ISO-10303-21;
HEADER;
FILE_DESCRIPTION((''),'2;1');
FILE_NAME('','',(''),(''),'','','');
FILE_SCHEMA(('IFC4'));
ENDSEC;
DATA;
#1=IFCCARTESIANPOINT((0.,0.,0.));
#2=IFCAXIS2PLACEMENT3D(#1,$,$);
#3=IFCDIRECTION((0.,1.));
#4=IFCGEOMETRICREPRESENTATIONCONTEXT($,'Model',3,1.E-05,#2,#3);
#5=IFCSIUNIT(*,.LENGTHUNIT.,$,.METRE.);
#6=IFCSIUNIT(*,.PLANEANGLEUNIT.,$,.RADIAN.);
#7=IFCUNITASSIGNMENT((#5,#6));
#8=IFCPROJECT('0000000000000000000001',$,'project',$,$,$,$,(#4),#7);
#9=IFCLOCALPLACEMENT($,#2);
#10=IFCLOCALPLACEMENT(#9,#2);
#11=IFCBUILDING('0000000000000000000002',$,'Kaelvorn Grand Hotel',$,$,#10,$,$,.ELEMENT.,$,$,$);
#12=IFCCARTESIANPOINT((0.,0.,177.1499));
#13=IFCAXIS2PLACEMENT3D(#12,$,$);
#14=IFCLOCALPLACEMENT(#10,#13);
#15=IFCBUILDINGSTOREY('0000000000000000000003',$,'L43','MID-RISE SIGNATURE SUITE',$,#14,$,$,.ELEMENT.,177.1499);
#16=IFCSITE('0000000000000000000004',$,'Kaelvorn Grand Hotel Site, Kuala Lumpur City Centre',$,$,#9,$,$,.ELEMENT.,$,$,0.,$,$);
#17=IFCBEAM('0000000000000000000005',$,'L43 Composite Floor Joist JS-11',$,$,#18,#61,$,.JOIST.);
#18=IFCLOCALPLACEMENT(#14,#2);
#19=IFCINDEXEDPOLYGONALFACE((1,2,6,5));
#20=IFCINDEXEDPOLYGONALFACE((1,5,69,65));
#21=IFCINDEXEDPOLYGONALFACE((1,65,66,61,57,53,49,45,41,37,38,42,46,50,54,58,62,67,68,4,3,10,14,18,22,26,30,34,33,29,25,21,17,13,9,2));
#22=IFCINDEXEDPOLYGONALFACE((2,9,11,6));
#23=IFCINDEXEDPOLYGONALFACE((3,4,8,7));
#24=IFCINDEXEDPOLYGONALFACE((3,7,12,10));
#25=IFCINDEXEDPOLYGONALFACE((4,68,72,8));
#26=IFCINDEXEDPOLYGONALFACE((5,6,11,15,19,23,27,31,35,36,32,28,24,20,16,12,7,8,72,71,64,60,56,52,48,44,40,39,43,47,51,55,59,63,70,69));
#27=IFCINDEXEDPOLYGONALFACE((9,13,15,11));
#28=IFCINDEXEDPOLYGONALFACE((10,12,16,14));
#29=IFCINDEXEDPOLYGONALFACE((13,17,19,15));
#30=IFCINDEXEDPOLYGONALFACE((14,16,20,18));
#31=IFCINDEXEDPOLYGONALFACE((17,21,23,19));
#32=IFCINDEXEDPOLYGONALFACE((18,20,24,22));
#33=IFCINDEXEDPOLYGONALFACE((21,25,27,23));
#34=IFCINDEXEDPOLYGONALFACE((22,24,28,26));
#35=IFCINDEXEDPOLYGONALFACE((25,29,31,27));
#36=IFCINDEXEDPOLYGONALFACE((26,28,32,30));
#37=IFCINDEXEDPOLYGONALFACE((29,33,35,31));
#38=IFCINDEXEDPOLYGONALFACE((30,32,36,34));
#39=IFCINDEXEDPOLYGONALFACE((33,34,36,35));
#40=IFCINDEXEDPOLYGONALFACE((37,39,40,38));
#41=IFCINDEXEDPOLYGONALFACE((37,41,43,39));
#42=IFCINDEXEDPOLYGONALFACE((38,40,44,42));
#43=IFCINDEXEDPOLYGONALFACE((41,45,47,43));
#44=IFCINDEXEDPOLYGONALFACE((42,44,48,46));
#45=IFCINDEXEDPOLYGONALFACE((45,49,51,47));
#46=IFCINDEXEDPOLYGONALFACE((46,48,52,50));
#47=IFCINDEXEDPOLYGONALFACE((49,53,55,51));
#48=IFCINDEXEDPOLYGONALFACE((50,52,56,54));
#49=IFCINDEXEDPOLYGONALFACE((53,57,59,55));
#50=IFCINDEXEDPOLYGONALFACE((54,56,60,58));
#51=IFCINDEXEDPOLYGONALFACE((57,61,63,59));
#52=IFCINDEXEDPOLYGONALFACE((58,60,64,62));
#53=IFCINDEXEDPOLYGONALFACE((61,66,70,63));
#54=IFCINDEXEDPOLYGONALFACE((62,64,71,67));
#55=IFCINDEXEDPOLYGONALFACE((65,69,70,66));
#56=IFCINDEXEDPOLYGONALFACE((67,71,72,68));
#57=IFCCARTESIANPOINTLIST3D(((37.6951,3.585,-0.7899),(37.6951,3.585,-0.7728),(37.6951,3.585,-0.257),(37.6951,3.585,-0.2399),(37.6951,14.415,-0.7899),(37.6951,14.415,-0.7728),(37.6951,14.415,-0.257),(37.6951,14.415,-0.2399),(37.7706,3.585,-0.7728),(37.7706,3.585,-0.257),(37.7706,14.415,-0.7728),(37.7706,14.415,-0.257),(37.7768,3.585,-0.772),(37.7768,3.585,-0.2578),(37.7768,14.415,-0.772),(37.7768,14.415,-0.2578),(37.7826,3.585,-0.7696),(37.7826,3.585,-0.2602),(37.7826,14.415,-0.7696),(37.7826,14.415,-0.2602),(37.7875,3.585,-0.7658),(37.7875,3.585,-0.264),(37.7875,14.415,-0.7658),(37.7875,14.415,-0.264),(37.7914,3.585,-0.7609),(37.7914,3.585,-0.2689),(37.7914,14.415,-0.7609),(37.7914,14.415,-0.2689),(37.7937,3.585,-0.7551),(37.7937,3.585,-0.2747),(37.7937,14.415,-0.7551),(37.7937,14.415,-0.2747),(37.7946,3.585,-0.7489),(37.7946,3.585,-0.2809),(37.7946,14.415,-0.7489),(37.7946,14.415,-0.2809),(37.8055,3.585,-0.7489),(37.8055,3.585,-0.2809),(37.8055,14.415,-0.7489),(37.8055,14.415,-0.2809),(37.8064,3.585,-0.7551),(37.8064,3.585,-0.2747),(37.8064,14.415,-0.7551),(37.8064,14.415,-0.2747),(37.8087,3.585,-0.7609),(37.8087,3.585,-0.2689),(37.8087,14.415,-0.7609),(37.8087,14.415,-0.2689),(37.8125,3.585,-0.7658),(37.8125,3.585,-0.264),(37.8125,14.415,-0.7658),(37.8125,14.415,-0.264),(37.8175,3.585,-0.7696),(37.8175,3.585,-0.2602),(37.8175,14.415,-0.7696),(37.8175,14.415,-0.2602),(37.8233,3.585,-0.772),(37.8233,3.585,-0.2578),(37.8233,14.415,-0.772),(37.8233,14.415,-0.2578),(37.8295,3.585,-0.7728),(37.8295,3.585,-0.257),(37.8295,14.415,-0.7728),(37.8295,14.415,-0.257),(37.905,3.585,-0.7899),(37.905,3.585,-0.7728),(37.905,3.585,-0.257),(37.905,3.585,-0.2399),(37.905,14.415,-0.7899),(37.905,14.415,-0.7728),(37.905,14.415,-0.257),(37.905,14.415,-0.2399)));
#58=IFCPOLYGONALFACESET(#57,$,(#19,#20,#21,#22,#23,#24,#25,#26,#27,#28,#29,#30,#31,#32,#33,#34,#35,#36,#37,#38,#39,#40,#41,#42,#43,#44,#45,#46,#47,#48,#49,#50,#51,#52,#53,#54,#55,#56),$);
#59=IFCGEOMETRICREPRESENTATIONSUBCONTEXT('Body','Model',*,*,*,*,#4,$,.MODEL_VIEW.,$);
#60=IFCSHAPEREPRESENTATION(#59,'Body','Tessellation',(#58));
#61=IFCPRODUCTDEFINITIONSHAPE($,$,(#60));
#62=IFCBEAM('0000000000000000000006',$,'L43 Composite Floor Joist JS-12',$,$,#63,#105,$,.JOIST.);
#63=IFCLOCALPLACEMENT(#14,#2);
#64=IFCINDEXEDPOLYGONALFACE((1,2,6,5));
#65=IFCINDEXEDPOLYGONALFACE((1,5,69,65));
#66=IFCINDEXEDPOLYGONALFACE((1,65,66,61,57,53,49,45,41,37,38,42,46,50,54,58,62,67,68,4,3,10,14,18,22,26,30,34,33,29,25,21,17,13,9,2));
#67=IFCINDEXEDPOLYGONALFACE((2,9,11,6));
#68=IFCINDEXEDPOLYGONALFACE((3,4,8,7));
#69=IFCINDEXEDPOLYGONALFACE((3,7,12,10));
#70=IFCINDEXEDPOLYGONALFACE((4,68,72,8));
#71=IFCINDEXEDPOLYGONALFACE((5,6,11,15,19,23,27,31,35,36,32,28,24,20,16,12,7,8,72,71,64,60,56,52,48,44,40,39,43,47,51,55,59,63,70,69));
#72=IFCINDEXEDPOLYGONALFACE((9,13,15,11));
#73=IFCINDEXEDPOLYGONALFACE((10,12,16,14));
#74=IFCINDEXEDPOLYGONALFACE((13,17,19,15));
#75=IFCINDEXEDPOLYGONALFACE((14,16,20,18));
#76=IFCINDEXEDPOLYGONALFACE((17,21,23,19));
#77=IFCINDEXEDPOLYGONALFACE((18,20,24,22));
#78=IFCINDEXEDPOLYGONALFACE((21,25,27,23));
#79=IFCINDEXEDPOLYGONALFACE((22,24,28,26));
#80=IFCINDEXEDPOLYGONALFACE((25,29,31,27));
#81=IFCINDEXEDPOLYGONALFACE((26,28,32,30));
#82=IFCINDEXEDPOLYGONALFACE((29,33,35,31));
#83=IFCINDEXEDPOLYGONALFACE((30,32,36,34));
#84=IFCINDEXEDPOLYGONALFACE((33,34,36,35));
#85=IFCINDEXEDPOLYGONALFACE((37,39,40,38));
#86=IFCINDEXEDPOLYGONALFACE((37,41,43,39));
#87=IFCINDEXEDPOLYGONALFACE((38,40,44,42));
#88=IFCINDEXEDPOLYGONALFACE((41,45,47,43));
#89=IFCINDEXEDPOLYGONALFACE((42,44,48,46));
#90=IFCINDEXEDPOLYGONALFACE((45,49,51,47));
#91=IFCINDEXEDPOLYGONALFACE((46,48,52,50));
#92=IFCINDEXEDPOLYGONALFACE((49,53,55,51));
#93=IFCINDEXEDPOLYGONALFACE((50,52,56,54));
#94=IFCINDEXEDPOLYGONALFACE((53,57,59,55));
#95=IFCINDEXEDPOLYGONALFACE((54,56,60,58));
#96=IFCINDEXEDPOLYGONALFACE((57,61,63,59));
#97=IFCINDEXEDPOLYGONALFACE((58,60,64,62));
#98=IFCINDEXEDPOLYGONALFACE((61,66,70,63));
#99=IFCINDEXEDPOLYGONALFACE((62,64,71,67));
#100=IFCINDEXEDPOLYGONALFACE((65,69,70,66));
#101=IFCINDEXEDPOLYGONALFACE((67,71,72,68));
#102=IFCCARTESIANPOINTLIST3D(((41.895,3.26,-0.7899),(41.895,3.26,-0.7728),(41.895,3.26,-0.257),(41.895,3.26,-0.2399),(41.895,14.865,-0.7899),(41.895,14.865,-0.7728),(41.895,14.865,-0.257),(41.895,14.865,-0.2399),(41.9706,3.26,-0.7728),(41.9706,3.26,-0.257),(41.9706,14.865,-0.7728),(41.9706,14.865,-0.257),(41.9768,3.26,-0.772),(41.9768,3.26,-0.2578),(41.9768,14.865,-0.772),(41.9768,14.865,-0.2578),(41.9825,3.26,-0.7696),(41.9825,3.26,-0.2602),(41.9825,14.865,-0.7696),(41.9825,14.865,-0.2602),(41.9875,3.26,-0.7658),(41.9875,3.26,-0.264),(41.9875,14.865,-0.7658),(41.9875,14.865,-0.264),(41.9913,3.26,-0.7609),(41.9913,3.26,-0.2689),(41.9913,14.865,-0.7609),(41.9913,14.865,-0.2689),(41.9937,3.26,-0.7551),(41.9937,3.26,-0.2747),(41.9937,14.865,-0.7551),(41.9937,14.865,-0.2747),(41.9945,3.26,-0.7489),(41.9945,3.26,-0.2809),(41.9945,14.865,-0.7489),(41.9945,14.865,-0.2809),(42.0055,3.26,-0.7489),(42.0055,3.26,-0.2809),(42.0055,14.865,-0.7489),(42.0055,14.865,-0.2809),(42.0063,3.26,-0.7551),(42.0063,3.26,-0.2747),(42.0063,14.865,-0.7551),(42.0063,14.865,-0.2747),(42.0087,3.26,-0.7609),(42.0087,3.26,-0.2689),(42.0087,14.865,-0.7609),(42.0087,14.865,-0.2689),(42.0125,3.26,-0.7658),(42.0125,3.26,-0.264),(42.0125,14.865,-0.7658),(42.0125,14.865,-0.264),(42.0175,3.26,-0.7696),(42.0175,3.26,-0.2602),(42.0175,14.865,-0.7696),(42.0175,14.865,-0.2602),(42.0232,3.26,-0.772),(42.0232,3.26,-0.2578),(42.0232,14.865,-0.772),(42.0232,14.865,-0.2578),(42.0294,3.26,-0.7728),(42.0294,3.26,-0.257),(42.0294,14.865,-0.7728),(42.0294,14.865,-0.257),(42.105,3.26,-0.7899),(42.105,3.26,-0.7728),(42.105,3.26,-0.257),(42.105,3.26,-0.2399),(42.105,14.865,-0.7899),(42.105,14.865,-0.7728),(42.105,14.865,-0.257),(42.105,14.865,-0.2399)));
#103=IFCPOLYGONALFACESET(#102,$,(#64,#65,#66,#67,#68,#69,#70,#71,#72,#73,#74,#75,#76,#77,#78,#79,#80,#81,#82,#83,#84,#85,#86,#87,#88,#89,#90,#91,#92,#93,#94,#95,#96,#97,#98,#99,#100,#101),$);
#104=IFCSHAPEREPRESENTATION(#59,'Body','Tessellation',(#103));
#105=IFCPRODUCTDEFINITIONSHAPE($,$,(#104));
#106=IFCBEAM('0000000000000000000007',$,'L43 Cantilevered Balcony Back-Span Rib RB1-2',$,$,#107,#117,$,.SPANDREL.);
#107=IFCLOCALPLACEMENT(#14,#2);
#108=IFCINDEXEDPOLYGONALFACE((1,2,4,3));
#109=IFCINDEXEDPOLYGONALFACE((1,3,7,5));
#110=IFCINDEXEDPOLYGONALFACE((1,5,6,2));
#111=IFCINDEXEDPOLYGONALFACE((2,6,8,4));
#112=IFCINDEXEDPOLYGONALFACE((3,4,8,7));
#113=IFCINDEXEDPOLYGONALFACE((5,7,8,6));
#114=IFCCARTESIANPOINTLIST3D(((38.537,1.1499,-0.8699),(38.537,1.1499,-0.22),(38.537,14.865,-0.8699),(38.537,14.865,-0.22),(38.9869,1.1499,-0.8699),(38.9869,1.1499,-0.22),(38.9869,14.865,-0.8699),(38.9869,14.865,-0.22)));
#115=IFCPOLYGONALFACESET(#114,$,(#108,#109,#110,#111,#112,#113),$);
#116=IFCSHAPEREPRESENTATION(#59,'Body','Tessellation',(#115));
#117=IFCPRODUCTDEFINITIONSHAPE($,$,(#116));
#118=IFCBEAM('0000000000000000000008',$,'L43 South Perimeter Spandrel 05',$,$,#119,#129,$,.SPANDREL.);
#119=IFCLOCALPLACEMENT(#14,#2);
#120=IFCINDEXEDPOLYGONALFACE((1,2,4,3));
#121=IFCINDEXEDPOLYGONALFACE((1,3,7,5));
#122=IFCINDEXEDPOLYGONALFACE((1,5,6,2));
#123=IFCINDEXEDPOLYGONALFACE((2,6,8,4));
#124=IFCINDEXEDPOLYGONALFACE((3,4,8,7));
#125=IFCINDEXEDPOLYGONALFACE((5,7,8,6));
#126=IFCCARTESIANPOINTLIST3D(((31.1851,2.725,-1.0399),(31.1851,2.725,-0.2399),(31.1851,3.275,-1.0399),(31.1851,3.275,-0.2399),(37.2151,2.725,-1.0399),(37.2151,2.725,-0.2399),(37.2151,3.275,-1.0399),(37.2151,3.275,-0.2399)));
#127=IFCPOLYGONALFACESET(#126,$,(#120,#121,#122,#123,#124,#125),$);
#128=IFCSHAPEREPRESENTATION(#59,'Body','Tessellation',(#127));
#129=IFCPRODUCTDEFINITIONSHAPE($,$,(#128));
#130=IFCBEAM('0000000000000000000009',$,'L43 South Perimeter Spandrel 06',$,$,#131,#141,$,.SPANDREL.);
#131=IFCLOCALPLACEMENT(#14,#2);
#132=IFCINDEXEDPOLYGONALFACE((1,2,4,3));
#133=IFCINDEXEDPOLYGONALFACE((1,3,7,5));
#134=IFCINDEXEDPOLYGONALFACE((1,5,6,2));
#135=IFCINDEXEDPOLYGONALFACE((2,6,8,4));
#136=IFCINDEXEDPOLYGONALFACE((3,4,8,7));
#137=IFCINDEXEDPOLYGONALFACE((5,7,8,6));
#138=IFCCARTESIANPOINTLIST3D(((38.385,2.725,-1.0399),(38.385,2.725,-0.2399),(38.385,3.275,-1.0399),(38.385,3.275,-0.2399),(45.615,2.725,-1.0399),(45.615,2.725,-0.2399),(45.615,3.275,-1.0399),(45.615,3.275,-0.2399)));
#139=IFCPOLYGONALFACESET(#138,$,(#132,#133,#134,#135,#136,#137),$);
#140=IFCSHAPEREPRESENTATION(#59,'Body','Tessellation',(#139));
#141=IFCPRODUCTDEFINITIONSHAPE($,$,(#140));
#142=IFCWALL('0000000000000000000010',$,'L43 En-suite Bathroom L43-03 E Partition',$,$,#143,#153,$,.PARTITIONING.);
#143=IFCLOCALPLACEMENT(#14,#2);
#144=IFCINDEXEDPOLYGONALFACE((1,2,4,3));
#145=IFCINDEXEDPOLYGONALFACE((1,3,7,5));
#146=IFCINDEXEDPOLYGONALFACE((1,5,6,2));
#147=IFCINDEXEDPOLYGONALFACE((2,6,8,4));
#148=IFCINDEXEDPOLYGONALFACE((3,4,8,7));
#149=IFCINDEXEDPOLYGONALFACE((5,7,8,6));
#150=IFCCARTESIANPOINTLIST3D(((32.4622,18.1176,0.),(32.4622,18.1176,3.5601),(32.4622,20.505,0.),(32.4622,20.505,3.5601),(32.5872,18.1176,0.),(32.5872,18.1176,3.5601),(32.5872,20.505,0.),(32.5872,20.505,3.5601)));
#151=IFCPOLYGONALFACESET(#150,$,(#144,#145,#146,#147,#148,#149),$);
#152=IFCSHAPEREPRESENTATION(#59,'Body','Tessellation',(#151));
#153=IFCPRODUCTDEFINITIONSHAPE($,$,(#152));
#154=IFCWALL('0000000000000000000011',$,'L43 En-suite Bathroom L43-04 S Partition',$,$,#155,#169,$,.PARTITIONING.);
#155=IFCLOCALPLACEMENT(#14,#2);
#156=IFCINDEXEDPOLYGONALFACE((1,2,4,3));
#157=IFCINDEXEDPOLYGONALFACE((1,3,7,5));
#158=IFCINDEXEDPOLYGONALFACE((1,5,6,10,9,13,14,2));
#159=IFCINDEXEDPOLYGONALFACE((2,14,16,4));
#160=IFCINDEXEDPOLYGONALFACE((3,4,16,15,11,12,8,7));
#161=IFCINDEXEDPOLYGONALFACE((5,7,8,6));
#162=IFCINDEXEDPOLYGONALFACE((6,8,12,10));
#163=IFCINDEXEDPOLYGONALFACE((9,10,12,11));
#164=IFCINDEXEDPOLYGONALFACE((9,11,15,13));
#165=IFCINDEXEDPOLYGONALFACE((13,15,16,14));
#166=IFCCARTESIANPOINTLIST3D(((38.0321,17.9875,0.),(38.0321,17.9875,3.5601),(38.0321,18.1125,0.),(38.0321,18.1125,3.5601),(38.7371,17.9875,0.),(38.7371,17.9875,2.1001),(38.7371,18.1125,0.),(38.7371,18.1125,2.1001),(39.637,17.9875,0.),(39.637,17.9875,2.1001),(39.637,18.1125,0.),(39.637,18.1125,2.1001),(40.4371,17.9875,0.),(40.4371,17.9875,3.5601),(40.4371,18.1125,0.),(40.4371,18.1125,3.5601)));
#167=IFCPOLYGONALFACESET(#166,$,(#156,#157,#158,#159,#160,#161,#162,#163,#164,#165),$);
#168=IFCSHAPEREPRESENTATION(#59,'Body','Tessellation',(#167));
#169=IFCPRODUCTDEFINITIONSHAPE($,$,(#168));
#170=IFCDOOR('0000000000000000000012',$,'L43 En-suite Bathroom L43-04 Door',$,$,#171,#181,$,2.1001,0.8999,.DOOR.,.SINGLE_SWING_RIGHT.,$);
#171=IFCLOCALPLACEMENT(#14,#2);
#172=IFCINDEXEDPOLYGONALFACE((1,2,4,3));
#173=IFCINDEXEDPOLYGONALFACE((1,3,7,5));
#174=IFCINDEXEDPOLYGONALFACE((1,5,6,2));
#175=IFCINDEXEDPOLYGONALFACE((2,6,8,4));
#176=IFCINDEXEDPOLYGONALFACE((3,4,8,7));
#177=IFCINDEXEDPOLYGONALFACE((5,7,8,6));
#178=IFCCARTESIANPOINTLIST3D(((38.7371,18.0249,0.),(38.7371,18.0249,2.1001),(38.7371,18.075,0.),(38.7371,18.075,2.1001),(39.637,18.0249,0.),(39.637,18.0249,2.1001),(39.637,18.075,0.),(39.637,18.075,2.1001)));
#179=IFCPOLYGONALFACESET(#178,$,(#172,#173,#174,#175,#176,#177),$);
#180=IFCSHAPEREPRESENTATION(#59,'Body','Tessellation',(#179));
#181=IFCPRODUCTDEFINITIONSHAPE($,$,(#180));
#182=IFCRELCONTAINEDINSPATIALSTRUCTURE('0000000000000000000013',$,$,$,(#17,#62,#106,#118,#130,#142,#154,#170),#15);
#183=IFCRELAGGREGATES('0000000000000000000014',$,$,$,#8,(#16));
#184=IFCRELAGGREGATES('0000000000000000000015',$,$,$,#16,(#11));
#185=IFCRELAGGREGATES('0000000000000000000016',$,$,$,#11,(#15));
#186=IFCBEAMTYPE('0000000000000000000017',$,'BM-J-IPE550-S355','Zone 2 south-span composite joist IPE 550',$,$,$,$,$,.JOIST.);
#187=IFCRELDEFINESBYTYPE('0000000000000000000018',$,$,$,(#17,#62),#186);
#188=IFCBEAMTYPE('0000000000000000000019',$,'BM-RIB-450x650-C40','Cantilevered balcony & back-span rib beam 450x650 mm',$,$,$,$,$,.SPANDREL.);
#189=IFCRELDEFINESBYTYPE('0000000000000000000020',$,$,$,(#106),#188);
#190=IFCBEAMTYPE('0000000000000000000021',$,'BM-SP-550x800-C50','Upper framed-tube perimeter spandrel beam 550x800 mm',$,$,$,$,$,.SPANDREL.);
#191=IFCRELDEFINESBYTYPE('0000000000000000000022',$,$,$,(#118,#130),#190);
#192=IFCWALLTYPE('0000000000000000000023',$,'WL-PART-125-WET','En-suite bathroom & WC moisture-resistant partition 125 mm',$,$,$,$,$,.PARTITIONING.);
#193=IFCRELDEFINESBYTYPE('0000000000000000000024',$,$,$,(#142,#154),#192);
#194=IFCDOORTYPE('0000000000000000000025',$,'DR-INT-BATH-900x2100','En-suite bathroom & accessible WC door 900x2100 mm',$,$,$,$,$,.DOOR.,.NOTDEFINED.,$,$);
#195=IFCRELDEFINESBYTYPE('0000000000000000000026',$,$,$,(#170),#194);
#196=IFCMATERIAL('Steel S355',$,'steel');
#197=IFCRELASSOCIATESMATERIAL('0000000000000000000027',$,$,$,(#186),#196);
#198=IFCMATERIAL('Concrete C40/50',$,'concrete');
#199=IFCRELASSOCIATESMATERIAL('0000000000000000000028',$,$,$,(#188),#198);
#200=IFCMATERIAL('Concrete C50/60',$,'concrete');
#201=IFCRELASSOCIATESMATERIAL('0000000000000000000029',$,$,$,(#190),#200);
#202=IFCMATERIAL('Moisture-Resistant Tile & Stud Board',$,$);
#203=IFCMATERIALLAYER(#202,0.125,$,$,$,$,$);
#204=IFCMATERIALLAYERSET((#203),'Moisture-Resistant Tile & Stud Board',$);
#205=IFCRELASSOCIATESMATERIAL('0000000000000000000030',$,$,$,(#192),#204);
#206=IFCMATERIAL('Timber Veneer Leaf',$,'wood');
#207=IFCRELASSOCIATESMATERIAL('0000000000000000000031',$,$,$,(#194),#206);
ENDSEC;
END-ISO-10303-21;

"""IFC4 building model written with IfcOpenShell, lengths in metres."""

from ifc_helpers import new_model, si_unit, direction, frame, frame_2d, origin, origin_2d, place, context, subcontext, project, spatial, rectangle, i_section, extrude, material, layer, layer_set, material_profile, profile_set, type_object, element, fill, save


model = new_model("IFC4")

# Units and contexts
model_context = context("Model", 3, precision=1e-05, world=origin(), true_north=direction((0.0, 1.0)))
body_context = subcontext(model_context, "Body", "Model", "MODEL_VIEW")
ifc_project = project(units=[si_unit("LENGTHUNIT", "METRE"), si_unit("PLANEANGLEUNIT", "RADIAN")], contexts=[model_context])

# Site, building, storey
site_placement = place(None, origin())
site = spatial("IfcSite", under=ifc_project, at=site_placement, Name="Kaelvorn Grand Hotel Site, Kuala Lumpur City Centre", CompositionType="ELEMENT", RefElevation=0.0)
building_placement = place(site_placement, origin())
building = spatial("IfcBuilding", under=site, at=building_placement, Name="Kaelvorn Grand Hotel", CompositionType="ELEMENT")
storey_placement = place(building_placement, frame((0.0, 0.0, 177.1499)))
storey = spatial("IfcBuildingStorey", under=building, at=storey_placement, Name="L43", Description="MID-RISE SIGNATURE SUITE", CompositionType="ELEMENT", Elevation=177.1499)

# Beams
ifc_material_1 = material(Name="Steel S355", Category="steel")
ifc_material_profile_1 = material_profile(ifc_material_1, i_section(OverallWidth=0.21, OverallDepth=0.55, WebThickness=0.011, FlangeThickness=0.0171, FilletRadius=0.0239, at=origin_2d()), Name="IPE 550")
ifc_profile_set_1 = profile_set([ifc_material_profile_1], Name="Steel S355")
beam_type_1 = type_object("IfcBeamType", Name="BM-J-IPE550-S355", Description="Zone 2 south-span composite joist IPE 550", PredefinedType="JOIST", material=ifc_profile_set_1)
beam_1_placement = place(storey_placement, frame((37.8, 3.585, -0.5149), z_axis=(0.0, 1.0, 0.0), x_axis=(-1.0, 0.0, 0.0)))
element("IfcBeam", 1, at=beam_1_placement, inside=storey, type_object=beam_type_1, Name="L43 Composite Floor Joist JS-11", PredefinedType="JOIST", context=body_context, shape_type="SweptSolid", body=[
    extrude(i_section(OverallWidth=0.21, OverallDepth=0.55, WebThickness=0.011, FlangeThickness=0.0171, FilletRadius=0.0239, at=origin_2d()), origin(), (0.0, 0.0, 1.0), 10.8301),
])
beam_2_placement = place(storey_placement, frame((42.0, 3.26, -0.5149), z_axis=(0.0, 1.0, 0.0), x_axis=(-1.0, 0.0, 0.0)))
element("IfcBeam", 2, at=beam_2_placement, inside=storey, type_object=beam_type_1, Name="L43 Composite Floor Joist JS-12", PredefinedType="JOIST", context=body_context, shape_type="SweptSolid", body=[
    extrude(i_section(OverallWidth=0.21, OverallDepth=0.55, WebThickness=0.011, FlangeThickness=0.0171, FilletRadius=0.0239, at=origin_2d()), origin(), (0.0, 0.0, 1.0), 11.605),
])
ifc_material_2 = material(Name="Concrete C40/50", Category="concrete")
ifc_material_profile_2 = material_profile(ifc_material_2, rectangle(XDim=0.45, YDim=0.6499, at=origin_2d()), Name="RC RIB 450x650")
ifc_profile_set_2 = profile_set([ifc_material_profile_2], Name="Concrete C40/50")
beam_type_2 = type_object("IfcBeamType", Name="BM-RIB-450x650-C40", Description="Cantilevered balcony & back-span rib beam 450x650 mm", PredefinedType="SPANDREL", material=ifc_profile_set_2)
beam_3_placement = place(storey_placement, frame((38.762, 1.1499, -0.5449), z_axis=(0.0, 1.0, 0.0), x_axis=(-1.0, 0.0, 0.0)))
element("IfcBeam", 3, at=beam_3_placement, inside=storey, type_object=beam_type_2, Name="L43 Cantilevered Balcony Back-Span Rib RB1-2", PredefinedType="SPANDREL", context=body_context, shape_type="SweptSolid", body=[
    extrude(rectangle(XDim=0.45, YDim=0.6499, at=origin_2d()), origin(), (0.0, 0.0, 1.0), 13.7151),
])
ifc_material_3 = material(Name="Concrete C50/60", Category="concrete")
ifc_material_profile_3 = material_profile(ifc_material_3, rectangle(XDim=0.55, YDim=0.8, at=origin_2d()), Name="RC SPANDREL 550x800")
ifc_profile_set_3 = profile_set([ifc_material_profile_3], Name="Concrete C50/60")
beam_type_3 = type_object("IfcBeamType", Name="BM-SP-550x800-C50", Description="Upper framed-tube perimeter spandrel beam 550x800 mm", PredefinedType="SPANDREL", material=ifc_profile_set_3)
beam_4_placement = place(storey_placement, frame((31.1851, 3.0, -0.6399), z_axis=(1.0, 0.0, 0.0), x_axis=(0.0, 1.0, 0.0)))
element("IfcBeam", 4, at=beam_4_placement, inside=storey, type_object=beam_type_3, Name="L43 South Perimeter Spandrel 05", PredefinedType="SPANDREL", context=body_context, shape_type="SweptSolid", body=[
    extrude(rectangle(XDim=0.55, YDim=0.8, at=origin_2d()), origin(), (0.0, 0.0, 1.0), 6.03),
])
beam_5_placement = place(storey_placement, frame((38.385, 3.0, -0.6399), z_axis=(1.0, 0.0, 0.0), x_axis=(0.0, 1.0, 0.0)))
element("IfcBeam", 5, at=beam_5_placement, inside=storey, type_object=beam_type_3, Name="L43 South Perimeter Spandrel 06", PredefinedType="SPANDREL", context=body_context, shape_type="SweptSolid", body=[
    extrude(rectangle(XDim=0.55, YDim=0.8, at=origin_2d()), origin(), (0.0, 0.0, 1.0), 7.23),
])

# Wall
ifc_material_4 = material(Name="Moisture-Resistant Tile & Stud Board")
ifc_layer_1 = layer(ifc_material_4, 0.125)
ifc_layer_set_1 = layer_set([ifc_layer_1], Name="Moisture-Resistant Tile & Stud Board")
wall_type_1 = type_object("IfcWallType", Name="WL-PART-125-WET", Description="En-suite bathroom & WC moisture-resistant partition 125 mm", PredefinedType="PARTITIONING", material=ifc_layer_set_1)
wall_1_placement = place(storey_placement, frame((32.5247, 18.1174, 0.0), z_axis=(0.0, 0.0, 1.0), x_axis=(0.0, 1.0, 0.0)))
element("IfcWall", 6, at=wall_1_placement, inside=storey, type_object=wall_type_1, Name="L43 En-suite Bathroom L43-03 E Partition", PredefinedType="PARTITIONING", context=body_context, shape_type="SweptSolid", body=[
    extrude(rectangle(XDim=2.3875, YDim=0.125, at=frame_2d((1.1938, 0.0))), origin(), (0.0, 0.0, 1.0), 3.5601),
])

# Wall, opening, door
wall_2_placement = place(storey_placement, frame((38.032, 18.05, 0.0), z_axis=(0.0, 0.0, 1.0), x_axis=(1.0, 0.0, 0.0)))
wall_2 = element("IfcWall", 7, at=wall_2_placement, inside=storey, type_object=wall_type_1, Name="L43 En-suite Bathroom L43-04 S Partition", PredefinedType="PARTITIONING", context=body_context, shape_type="SweptSolid", body=[
    extrude(rectangle(XDim=2.405, YDim=0.125, at=frame_2d((1.2026, 0.0))), origin(), (0.0, 0.0, 1.0), 3.5601),
])
opening_1_placement = place(wall_2_placement, frame((0.7051, 0.0, 0.0)))
opening_1 = element("IfcOpeningElement", 8, at=opening_1_placement, cuts=wall_2, PredefinedType="OPENING", context=body_context, shape_type="SweptSolid", body=[
    extrude(rectangle(XDim=0.8999, YDim=2.1001, at=frame_2d((0.45, 1.05))), frame((0.0, 0.0725, 0.0), z_axis=(0.0, -1.0, 0.0), x_axis=(1.0, 0.0, 0.0)), (0.0, 0.0, 1.0), 0.145),
])
ifc_material_5 = material(Name="Timber Veneer Leaf", Category="wood")
door_type_1 = type_object("IfcDoorType", Name="DR-INT-BATH-900x2100", Description="En-suite bathroom & accessible WC door 900x2100 mm", OperationType="NOTDEFINED", PredefinedType="DOOR", material=ifc_material_5)
door_1_placement = place(opening_1_placement, origin())
door_1 = element("IfcDoor", 9, at=door_1_placement, inside=storey, type_object=door_type_1, Name="L43 En-suite Bathroom L43-04 Door", OperationType="SINGLE_SWING_RIGHT", OverallHeight=2.1001, OverallWidth=0.8999, PredefinedType="DOOR", context=body_context, shape_type="SweptSolid", body=[
    extrude(rectangle(XDim=0.8999, YDim=2.1001, at=frame_2d((0.45, 1.05))), frame((0.0, 0.0249, 0.0), z_axis=(0.0, -1.0, 0.0), x_axis=(1.0, 0.0, 0.0)), (0.0, 0.0, 1.0), 0.05),
])
fill(opening_1, door_1)

save(model, "model.ifc")
